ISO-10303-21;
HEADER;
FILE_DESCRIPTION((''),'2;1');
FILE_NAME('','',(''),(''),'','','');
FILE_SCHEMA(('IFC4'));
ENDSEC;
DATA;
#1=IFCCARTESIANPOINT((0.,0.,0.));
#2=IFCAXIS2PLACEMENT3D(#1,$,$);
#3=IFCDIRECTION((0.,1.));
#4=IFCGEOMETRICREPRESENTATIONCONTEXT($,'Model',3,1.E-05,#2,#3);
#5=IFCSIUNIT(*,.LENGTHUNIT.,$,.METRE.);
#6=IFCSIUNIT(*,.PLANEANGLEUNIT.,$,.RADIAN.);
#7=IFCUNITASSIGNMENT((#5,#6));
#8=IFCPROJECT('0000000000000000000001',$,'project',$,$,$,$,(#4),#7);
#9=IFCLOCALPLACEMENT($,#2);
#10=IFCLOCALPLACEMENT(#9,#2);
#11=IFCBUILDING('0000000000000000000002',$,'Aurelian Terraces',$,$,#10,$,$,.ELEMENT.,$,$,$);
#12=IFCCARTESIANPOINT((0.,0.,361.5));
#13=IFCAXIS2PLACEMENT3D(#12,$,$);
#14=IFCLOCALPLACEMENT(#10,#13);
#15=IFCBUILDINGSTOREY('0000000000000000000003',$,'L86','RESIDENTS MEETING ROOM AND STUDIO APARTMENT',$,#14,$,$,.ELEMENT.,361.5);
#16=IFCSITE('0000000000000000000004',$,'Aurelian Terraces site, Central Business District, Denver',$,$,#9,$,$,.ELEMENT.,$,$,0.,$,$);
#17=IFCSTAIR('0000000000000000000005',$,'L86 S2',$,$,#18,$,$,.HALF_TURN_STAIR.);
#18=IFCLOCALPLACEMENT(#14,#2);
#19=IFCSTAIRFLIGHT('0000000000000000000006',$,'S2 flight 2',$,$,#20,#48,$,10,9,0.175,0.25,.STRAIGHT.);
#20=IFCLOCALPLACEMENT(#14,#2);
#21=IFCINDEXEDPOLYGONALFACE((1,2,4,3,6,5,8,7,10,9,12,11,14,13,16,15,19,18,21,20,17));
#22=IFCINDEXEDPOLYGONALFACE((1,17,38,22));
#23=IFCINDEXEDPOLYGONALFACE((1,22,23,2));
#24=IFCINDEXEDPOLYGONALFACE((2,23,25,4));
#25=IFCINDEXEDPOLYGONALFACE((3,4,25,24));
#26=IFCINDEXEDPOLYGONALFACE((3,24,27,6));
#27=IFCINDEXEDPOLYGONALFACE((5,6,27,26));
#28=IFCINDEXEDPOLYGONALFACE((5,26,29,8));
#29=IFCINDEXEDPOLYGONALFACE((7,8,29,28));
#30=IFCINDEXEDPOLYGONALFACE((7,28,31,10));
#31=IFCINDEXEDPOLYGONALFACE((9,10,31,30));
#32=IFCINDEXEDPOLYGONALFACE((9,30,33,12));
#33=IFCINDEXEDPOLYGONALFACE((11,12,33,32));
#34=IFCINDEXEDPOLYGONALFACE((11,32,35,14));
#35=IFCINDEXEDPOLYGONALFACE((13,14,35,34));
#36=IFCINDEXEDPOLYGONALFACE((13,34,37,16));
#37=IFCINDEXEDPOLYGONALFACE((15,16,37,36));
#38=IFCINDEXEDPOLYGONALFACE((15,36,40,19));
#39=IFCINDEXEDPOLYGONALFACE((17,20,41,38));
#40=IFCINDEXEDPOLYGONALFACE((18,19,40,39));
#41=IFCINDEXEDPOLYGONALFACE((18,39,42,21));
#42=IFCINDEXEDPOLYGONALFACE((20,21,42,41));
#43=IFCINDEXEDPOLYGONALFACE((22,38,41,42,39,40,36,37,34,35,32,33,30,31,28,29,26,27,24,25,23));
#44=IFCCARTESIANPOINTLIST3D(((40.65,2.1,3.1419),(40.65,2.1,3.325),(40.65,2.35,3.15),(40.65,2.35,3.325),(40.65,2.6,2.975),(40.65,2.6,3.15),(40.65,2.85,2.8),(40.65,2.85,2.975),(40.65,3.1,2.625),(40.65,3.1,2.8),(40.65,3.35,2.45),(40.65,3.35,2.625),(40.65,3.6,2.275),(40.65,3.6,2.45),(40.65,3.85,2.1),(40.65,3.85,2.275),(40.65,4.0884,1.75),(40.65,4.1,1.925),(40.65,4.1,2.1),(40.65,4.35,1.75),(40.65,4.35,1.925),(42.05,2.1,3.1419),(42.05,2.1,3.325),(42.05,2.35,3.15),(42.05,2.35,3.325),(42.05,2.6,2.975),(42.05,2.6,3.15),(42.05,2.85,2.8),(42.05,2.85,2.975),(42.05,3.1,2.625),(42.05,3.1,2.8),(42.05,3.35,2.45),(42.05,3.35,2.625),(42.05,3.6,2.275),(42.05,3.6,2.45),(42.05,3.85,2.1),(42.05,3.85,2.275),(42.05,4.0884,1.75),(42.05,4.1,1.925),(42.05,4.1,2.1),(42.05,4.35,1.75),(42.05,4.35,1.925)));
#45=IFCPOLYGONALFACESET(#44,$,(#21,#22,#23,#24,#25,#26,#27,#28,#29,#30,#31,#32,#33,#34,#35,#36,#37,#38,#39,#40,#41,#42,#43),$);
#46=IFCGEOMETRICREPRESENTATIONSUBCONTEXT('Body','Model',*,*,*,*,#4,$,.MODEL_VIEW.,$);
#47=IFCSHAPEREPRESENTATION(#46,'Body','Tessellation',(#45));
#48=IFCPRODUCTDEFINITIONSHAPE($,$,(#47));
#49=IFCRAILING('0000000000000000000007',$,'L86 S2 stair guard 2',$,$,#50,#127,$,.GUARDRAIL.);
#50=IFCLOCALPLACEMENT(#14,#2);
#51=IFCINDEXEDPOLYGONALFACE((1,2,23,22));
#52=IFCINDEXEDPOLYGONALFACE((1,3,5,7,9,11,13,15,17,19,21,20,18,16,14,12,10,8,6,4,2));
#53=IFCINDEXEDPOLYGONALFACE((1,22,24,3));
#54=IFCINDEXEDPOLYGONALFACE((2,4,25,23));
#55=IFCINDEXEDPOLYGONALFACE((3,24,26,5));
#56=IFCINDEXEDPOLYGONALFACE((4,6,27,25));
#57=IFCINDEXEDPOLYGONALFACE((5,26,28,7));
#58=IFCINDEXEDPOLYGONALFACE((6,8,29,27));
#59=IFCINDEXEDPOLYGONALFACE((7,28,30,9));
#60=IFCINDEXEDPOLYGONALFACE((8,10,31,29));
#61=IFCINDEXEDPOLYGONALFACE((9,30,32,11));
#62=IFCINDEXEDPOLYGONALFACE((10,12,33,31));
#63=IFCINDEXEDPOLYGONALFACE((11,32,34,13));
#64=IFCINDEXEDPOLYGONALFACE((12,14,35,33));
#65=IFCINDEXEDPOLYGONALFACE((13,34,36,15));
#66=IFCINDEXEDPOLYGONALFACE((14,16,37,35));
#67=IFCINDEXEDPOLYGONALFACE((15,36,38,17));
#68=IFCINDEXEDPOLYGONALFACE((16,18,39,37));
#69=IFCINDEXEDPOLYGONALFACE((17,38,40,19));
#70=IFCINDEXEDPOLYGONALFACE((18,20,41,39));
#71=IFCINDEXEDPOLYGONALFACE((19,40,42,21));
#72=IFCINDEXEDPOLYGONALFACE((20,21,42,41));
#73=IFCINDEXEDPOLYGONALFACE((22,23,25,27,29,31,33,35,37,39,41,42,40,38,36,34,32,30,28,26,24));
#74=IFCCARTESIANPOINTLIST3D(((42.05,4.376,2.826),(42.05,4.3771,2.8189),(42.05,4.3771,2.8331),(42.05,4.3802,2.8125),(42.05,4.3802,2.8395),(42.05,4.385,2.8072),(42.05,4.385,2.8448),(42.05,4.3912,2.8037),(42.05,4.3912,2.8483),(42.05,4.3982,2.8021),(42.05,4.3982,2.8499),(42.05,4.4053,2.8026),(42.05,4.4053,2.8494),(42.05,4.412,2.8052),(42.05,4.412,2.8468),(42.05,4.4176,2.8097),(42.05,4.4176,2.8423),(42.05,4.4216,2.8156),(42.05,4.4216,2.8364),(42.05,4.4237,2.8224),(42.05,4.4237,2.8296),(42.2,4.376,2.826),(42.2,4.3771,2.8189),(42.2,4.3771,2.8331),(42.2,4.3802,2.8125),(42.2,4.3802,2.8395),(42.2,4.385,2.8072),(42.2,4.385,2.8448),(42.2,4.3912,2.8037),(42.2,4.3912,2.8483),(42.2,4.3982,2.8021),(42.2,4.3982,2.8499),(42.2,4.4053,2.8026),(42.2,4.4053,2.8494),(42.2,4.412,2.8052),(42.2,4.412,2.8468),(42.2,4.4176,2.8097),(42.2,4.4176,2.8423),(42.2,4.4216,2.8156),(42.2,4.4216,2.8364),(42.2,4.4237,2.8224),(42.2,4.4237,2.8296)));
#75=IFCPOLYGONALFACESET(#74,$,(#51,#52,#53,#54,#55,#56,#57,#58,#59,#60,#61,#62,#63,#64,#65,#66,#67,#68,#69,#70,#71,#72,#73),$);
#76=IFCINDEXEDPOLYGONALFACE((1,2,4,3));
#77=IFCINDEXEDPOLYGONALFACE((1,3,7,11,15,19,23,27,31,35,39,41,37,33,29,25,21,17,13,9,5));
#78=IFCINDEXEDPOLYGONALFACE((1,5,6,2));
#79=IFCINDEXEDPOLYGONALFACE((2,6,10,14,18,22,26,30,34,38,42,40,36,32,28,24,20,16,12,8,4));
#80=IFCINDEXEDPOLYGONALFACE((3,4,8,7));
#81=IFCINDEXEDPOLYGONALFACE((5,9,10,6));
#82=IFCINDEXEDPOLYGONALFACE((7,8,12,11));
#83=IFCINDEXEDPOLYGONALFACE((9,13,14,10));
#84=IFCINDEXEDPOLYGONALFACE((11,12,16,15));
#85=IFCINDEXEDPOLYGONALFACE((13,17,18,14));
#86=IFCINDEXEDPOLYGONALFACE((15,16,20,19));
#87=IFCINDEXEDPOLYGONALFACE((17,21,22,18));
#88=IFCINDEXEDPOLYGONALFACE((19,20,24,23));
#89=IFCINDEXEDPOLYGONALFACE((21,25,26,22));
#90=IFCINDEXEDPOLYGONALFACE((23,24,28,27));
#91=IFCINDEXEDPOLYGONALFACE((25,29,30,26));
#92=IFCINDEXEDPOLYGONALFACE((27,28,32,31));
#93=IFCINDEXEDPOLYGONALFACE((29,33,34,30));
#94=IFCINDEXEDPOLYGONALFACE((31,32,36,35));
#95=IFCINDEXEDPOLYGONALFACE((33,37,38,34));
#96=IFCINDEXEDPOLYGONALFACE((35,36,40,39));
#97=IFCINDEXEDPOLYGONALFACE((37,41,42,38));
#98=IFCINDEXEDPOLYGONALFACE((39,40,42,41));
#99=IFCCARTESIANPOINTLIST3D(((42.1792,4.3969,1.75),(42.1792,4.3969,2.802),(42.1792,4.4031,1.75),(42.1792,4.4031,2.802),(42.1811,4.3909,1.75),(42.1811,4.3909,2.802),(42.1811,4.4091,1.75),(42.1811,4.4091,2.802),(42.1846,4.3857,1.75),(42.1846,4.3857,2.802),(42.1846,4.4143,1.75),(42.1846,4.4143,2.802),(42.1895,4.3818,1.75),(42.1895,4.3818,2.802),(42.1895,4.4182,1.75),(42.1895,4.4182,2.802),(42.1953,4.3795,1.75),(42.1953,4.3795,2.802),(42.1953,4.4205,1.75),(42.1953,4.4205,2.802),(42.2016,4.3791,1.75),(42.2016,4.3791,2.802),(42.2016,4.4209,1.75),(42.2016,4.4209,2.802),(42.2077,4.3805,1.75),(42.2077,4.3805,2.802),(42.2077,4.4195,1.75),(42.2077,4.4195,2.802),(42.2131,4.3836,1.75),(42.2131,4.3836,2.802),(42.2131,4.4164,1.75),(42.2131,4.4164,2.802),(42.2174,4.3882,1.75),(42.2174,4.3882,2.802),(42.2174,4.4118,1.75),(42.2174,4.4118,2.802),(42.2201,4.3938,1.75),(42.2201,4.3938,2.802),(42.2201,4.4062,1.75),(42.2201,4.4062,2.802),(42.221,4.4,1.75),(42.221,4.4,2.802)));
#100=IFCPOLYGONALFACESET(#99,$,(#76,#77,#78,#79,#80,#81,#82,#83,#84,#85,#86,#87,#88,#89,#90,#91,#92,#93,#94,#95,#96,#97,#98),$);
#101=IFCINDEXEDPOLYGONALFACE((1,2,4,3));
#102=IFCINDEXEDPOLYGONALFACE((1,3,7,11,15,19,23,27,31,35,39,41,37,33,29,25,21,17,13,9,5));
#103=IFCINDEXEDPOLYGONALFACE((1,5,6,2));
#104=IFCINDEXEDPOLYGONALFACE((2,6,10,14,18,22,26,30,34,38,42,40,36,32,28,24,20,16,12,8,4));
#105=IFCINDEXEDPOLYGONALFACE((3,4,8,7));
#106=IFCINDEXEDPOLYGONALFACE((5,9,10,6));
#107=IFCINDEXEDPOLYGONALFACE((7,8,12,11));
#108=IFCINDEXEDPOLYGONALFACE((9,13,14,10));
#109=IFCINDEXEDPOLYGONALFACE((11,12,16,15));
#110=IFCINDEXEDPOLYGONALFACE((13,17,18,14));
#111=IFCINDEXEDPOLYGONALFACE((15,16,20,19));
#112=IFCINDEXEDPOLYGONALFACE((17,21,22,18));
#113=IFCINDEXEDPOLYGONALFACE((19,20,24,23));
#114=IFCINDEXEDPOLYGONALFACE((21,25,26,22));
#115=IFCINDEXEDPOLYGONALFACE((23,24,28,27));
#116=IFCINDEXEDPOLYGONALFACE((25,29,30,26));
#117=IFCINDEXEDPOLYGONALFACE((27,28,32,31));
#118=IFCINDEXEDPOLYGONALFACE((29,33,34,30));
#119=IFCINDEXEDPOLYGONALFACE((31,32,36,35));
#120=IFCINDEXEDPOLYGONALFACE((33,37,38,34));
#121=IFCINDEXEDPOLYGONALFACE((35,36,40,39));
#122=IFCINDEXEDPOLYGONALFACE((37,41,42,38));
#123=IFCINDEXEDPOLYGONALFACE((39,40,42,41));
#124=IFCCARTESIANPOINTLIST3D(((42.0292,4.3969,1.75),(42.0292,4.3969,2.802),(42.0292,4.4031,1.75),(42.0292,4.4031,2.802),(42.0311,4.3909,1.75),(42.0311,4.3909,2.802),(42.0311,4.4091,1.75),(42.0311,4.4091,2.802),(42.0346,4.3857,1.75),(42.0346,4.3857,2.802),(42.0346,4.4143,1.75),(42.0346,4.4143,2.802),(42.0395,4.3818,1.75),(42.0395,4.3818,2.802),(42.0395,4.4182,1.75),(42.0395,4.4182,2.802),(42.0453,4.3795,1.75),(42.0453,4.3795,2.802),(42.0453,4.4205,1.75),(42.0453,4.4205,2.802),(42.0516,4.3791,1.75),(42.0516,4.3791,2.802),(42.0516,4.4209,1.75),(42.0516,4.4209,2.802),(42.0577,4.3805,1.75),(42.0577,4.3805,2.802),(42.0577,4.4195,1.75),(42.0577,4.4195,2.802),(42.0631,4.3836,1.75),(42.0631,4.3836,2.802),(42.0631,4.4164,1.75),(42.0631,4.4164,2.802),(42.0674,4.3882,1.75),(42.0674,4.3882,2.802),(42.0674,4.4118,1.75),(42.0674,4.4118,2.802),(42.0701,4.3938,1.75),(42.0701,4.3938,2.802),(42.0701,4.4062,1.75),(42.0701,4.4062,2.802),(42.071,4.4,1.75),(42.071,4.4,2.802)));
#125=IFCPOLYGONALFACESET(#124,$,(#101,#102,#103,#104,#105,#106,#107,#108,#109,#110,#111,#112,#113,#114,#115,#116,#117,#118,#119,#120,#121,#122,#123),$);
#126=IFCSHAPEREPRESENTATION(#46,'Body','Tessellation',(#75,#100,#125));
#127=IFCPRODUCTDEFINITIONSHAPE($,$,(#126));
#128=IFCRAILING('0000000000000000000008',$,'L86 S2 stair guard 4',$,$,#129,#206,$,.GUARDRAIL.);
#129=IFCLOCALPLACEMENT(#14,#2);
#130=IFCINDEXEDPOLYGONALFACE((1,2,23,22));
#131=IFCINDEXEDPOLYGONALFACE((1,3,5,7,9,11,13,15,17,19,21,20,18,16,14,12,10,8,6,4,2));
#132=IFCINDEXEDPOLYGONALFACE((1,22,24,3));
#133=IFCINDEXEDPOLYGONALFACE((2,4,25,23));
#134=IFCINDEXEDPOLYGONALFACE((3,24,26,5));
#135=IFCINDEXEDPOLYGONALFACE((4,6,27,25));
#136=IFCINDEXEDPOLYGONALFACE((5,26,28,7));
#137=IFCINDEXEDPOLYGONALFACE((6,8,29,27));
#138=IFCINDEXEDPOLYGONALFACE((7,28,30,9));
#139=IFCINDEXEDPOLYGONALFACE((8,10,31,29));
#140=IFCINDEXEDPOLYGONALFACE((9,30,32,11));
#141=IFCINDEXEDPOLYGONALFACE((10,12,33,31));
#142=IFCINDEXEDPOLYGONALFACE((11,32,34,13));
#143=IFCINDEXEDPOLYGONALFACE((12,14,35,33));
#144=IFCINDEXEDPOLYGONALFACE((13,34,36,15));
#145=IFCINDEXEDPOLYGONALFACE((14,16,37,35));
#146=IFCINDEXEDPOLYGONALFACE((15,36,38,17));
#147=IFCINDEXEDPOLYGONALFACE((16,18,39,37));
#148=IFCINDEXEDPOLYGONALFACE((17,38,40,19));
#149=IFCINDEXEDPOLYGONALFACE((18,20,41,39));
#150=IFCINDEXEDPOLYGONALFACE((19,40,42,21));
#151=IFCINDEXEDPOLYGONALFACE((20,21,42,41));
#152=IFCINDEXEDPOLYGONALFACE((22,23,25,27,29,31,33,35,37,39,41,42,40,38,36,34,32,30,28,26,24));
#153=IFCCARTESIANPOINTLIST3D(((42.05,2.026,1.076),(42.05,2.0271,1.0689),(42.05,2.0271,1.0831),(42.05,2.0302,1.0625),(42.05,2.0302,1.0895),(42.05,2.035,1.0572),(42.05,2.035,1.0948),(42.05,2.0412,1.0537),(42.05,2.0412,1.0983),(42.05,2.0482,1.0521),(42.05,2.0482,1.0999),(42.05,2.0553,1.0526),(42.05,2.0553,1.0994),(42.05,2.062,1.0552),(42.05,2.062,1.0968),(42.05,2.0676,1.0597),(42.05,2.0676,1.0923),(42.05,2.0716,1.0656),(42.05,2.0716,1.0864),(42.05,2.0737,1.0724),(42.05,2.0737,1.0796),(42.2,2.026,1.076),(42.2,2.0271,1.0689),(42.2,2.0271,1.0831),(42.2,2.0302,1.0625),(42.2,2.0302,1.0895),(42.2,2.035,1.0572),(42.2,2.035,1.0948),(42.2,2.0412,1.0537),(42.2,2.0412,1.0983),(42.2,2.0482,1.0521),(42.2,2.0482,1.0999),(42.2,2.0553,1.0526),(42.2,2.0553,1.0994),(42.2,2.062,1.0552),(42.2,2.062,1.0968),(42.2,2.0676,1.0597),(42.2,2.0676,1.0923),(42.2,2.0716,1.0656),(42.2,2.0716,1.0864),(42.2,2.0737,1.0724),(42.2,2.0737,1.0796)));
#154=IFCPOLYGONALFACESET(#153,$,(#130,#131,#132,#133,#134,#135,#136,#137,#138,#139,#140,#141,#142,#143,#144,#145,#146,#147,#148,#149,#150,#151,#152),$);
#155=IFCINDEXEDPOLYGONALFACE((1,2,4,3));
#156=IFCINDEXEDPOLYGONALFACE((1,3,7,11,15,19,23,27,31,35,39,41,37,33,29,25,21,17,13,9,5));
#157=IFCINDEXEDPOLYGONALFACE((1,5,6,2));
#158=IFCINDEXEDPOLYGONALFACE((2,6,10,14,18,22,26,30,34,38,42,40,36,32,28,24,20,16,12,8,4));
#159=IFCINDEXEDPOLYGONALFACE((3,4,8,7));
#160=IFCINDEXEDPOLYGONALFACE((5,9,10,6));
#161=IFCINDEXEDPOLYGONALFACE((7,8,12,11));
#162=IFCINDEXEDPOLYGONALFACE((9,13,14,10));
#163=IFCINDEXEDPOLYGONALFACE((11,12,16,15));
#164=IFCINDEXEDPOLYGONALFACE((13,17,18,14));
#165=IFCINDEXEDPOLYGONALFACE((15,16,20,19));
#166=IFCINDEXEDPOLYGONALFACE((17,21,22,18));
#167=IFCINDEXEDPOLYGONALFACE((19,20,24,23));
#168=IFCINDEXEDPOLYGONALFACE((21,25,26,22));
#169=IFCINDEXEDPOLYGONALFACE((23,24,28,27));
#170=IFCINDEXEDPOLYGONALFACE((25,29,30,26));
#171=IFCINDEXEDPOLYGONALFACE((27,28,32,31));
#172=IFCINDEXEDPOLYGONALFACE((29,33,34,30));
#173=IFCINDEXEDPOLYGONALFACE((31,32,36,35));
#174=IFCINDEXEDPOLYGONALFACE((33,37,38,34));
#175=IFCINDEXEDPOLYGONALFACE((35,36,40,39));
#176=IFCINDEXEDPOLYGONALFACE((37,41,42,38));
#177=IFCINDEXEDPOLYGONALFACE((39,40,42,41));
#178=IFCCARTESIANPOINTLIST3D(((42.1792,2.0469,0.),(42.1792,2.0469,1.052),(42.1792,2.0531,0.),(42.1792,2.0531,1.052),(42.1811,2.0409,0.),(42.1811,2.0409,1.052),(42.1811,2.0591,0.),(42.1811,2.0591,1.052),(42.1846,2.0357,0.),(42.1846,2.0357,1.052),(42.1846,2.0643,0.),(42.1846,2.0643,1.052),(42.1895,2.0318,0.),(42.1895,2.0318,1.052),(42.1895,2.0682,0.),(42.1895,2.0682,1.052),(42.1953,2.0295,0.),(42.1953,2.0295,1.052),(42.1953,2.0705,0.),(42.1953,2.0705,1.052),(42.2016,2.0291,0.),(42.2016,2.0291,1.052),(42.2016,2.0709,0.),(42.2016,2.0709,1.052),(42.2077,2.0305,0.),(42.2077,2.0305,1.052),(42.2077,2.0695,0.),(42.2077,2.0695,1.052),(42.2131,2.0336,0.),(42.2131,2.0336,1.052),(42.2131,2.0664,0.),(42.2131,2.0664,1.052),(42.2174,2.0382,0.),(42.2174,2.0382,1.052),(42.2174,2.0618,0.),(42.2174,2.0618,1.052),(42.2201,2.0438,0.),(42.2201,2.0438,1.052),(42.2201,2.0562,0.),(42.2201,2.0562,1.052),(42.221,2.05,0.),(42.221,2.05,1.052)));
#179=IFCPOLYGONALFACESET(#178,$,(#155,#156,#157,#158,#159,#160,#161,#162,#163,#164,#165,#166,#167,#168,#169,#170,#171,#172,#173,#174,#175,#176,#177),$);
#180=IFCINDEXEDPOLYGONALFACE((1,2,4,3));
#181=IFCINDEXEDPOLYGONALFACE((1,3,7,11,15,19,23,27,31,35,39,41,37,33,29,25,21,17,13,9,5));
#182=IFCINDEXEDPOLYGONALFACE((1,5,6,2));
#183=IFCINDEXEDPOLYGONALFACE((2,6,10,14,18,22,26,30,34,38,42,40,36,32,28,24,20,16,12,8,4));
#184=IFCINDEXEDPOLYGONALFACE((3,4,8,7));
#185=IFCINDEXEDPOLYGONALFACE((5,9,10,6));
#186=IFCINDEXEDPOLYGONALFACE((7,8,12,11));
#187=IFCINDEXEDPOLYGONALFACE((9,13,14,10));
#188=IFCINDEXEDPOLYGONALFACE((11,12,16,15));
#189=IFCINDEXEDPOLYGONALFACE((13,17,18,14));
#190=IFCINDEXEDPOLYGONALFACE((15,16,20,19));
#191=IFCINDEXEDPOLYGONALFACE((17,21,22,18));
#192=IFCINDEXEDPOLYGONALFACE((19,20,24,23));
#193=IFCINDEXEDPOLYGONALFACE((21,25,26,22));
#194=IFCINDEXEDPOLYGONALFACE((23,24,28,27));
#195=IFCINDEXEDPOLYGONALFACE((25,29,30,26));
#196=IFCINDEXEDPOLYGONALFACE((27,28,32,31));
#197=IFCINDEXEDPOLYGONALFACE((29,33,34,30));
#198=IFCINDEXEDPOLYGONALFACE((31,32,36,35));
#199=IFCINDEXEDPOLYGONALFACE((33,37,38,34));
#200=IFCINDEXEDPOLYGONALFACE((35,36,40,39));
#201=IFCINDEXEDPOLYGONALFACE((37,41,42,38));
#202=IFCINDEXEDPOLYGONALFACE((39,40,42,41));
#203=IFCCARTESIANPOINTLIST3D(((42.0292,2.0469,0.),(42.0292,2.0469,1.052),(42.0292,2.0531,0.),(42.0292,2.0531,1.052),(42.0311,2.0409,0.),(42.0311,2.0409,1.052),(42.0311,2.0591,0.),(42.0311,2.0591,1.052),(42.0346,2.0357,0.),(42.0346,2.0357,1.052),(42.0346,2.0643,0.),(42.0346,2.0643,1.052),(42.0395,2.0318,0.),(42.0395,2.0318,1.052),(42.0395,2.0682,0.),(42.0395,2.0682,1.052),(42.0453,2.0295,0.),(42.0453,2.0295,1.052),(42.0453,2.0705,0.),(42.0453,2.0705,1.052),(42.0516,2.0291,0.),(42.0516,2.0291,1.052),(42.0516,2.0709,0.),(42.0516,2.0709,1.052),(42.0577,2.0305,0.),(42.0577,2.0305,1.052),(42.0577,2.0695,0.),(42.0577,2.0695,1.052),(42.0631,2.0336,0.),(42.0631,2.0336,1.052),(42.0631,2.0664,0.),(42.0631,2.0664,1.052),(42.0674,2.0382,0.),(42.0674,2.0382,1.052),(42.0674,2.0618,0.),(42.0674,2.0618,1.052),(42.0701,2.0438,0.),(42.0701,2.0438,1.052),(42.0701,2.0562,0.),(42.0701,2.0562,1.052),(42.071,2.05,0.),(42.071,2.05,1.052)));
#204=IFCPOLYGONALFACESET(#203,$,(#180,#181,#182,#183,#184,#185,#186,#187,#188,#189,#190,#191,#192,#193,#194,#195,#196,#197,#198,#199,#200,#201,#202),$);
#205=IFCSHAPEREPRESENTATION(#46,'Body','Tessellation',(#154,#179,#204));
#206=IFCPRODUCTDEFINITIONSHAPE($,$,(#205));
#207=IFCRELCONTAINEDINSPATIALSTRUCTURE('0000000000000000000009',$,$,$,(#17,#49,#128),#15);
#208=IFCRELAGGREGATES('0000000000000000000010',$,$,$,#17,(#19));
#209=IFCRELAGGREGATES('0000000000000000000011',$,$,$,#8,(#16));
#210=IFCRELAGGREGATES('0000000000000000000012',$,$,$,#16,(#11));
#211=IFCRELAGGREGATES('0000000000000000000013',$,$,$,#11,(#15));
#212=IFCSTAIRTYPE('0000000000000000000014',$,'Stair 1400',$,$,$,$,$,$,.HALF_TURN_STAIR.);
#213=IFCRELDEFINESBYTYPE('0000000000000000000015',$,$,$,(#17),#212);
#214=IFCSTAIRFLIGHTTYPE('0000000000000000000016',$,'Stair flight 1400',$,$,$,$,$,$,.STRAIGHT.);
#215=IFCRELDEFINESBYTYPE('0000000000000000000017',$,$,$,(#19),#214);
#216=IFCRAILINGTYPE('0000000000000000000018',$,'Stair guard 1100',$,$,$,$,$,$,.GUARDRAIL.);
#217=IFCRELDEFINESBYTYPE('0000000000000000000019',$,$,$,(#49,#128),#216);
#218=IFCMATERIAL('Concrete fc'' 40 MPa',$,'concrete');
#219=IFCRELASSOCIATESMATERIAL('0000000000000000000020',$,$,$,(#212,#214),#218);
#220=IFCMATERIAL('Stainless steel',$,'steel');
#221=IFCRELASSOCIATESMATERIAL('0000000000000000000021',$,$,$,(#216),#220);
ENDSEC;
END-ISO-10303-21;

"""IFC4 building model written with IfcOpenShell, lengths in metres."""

from ifc_helpers import new_model, si_unit, direction, frame, origin, origin_2d, place, context, subcontext, project, spatial, polyline, circle, outline, extrude, source, transform, mapped, material, type_object, element, aggregate, save


model = new_model("IFC4")

# Units and contexts
model_context = context("Model", 3, precision=1e-05, world=origin(), true_north=direction((0.0, 1.0)))
body_context = subcontext(model_context, "Body", "Model", "MODEL_VIEW")
ifc_project = project(units=[si_unit("LENGTHUNIT", "METRE"), si_unit("PLANEANGLEUNIT", "RADIAN")], contexts=[model_context])

# Site, building, storey
site_placement = place(None, origin())
site = spatial("IfcSite", under=ifc_project, at=site_placement, Name="Aurelian Terraces site, Central Business District, Denver", CompositionType="ELEMENT", RefElevation=0.0)
building_placement = place(site_placement, origin())
building = spatial("IfcBuilding", under=site, at=building_placement, Name="Aurelian Terraces", CompositionType="ELEMENT")
storey_placement = place(building_placement, frame((0.0, 0.0, 361.5)))
storey = spatial("IfcBuildingStorey", under=building, at=storey_placement, Name="L86", Description="RESIDENTS MEETING ROOM AND STUDIO APARTMENT", CompositionType="ELEMENT", Elevation=361.5)

# Shared definitions
ifc_material_1 = material(Name="Concrete fc' 40 MPa", Category="concrete")

# Stair, stair flight
stair_type = type_object("IfcStairType", Name="Stair 1400", PredefinedType="HALF_TURN_STAIR", material=ifc_material_1)
stair_placement = place(storey_placement, origin())
stair = element("IfcStair", 1, at=stair_placement, inside=storey, type_object=stair_type, Name="L86 S2", PredefinedType="HALF_TURN_STAIR")
stair_flight_type = type_object("IfcStairFlightType", Name="Stair flight 1400", PredefinedType="STRAIGHT", material=ifc_material_1)
shared_shape_1 = source(origin(), body_context, "Body", "SweptSolid", [
    extrude(outline(polyline([(0.0, 0.0), (0.0, 0.175), (0.25, 0.175), (0.25, 0.35), (0.5, 0.35), (0.5, 0.525), (0.75, 0.525), (0.75, 0.7), (1.0, 0.7), (1.0, 0.875), (1.25, 0.875), (1.25, 1.05), (1.5, 1.05), (1.5, 1.225), (1.75, 1.225), (1.75, 1.4), (2.0, 1.4), (2.0, 1.575), (2.25, 1.575), (2.25, 1.75), (2.25, 1.3919), (0.2616, 0.0), (0.0, 0.0)])), frame((0.0, 0.7, 0.0), z_axis=(0.0, -1.0, 0.0), x_axis=(1.0, 0.0, 0.0)), (0.0, 0.0, 1.0), 1.4),
])
stair_flight_placement = place(storey_placement, frame((41.35, 4.35, 1.75), z_axis=(0.0, 0.0, 1.0), x_axis=(0.0, -1.0, 0.0)))
stair_flight = element("IfcStairFlight", 2, at=stair_flight_placement, type_object=stair_flight_type, Name="S2 flight 2", NumberOfRisers=10, NumberOfTreads=9, PredefinedType="STRAIGHT", RiserHeight=0.175, TreadLength=0.25, context=body_context, shape_type="MappedRepresentation", body=[
    mapped(shared_shape_1, transform((0.0, 0.0, 0.0), scale=1.0)),
])
aggregate(stair, [stair_flight])

# Railings
ifc_material_2 = material(Name="Stainless steel", Category="steel")
railing_type_1 = type_object("IfcRailingType", Name="Stair guard 1100", PredefinedType="GUARDRAIL", material=ifc_material_2)
shared_shape_2 = source(origin(), body_context, "Body", "SweptSolid", [
    extrude(circle(Radius=0.024, at=origin_2d()), frame((0.0, 0.0, 1.076), z_axis=(-1.0, 0.0, 0.0), x_axis=(0.0, -1.0, 0.0)), (0.0, 0.0, 1.0), 0.15),
    extrude(circle(Radius=0.021, at=origin_2d()), origin(), (0.0, 0.0, 1.0), 1.052),
    extrude(circle(Radius=0.021, at=origin_2d()), frame((-0.15, 0.0, 0.0)), (0.0, 0.0, 1.0), 1.052),
])
for number, where, name in (
    (3, (42.2, 4.4, 1.75), "L86 S2 stair guard 2"),
    (4, (42.2, 2.05, 0.0), "L86 S2 stair guard 4"),
):
    element("IfcRailing", number, at=place(storey_placement, frame(where)), inside=storey, type_object=railing_type_1, Name=name, PredefinedType="GUARDRAIL", context=body_context, shape_type="MappedRepresentation", body=[
        mapped(shared_shape_2, transform((0.0, 0.0, 0.0), scale=1.0)),
    ])

save(model, "model.ifc")
